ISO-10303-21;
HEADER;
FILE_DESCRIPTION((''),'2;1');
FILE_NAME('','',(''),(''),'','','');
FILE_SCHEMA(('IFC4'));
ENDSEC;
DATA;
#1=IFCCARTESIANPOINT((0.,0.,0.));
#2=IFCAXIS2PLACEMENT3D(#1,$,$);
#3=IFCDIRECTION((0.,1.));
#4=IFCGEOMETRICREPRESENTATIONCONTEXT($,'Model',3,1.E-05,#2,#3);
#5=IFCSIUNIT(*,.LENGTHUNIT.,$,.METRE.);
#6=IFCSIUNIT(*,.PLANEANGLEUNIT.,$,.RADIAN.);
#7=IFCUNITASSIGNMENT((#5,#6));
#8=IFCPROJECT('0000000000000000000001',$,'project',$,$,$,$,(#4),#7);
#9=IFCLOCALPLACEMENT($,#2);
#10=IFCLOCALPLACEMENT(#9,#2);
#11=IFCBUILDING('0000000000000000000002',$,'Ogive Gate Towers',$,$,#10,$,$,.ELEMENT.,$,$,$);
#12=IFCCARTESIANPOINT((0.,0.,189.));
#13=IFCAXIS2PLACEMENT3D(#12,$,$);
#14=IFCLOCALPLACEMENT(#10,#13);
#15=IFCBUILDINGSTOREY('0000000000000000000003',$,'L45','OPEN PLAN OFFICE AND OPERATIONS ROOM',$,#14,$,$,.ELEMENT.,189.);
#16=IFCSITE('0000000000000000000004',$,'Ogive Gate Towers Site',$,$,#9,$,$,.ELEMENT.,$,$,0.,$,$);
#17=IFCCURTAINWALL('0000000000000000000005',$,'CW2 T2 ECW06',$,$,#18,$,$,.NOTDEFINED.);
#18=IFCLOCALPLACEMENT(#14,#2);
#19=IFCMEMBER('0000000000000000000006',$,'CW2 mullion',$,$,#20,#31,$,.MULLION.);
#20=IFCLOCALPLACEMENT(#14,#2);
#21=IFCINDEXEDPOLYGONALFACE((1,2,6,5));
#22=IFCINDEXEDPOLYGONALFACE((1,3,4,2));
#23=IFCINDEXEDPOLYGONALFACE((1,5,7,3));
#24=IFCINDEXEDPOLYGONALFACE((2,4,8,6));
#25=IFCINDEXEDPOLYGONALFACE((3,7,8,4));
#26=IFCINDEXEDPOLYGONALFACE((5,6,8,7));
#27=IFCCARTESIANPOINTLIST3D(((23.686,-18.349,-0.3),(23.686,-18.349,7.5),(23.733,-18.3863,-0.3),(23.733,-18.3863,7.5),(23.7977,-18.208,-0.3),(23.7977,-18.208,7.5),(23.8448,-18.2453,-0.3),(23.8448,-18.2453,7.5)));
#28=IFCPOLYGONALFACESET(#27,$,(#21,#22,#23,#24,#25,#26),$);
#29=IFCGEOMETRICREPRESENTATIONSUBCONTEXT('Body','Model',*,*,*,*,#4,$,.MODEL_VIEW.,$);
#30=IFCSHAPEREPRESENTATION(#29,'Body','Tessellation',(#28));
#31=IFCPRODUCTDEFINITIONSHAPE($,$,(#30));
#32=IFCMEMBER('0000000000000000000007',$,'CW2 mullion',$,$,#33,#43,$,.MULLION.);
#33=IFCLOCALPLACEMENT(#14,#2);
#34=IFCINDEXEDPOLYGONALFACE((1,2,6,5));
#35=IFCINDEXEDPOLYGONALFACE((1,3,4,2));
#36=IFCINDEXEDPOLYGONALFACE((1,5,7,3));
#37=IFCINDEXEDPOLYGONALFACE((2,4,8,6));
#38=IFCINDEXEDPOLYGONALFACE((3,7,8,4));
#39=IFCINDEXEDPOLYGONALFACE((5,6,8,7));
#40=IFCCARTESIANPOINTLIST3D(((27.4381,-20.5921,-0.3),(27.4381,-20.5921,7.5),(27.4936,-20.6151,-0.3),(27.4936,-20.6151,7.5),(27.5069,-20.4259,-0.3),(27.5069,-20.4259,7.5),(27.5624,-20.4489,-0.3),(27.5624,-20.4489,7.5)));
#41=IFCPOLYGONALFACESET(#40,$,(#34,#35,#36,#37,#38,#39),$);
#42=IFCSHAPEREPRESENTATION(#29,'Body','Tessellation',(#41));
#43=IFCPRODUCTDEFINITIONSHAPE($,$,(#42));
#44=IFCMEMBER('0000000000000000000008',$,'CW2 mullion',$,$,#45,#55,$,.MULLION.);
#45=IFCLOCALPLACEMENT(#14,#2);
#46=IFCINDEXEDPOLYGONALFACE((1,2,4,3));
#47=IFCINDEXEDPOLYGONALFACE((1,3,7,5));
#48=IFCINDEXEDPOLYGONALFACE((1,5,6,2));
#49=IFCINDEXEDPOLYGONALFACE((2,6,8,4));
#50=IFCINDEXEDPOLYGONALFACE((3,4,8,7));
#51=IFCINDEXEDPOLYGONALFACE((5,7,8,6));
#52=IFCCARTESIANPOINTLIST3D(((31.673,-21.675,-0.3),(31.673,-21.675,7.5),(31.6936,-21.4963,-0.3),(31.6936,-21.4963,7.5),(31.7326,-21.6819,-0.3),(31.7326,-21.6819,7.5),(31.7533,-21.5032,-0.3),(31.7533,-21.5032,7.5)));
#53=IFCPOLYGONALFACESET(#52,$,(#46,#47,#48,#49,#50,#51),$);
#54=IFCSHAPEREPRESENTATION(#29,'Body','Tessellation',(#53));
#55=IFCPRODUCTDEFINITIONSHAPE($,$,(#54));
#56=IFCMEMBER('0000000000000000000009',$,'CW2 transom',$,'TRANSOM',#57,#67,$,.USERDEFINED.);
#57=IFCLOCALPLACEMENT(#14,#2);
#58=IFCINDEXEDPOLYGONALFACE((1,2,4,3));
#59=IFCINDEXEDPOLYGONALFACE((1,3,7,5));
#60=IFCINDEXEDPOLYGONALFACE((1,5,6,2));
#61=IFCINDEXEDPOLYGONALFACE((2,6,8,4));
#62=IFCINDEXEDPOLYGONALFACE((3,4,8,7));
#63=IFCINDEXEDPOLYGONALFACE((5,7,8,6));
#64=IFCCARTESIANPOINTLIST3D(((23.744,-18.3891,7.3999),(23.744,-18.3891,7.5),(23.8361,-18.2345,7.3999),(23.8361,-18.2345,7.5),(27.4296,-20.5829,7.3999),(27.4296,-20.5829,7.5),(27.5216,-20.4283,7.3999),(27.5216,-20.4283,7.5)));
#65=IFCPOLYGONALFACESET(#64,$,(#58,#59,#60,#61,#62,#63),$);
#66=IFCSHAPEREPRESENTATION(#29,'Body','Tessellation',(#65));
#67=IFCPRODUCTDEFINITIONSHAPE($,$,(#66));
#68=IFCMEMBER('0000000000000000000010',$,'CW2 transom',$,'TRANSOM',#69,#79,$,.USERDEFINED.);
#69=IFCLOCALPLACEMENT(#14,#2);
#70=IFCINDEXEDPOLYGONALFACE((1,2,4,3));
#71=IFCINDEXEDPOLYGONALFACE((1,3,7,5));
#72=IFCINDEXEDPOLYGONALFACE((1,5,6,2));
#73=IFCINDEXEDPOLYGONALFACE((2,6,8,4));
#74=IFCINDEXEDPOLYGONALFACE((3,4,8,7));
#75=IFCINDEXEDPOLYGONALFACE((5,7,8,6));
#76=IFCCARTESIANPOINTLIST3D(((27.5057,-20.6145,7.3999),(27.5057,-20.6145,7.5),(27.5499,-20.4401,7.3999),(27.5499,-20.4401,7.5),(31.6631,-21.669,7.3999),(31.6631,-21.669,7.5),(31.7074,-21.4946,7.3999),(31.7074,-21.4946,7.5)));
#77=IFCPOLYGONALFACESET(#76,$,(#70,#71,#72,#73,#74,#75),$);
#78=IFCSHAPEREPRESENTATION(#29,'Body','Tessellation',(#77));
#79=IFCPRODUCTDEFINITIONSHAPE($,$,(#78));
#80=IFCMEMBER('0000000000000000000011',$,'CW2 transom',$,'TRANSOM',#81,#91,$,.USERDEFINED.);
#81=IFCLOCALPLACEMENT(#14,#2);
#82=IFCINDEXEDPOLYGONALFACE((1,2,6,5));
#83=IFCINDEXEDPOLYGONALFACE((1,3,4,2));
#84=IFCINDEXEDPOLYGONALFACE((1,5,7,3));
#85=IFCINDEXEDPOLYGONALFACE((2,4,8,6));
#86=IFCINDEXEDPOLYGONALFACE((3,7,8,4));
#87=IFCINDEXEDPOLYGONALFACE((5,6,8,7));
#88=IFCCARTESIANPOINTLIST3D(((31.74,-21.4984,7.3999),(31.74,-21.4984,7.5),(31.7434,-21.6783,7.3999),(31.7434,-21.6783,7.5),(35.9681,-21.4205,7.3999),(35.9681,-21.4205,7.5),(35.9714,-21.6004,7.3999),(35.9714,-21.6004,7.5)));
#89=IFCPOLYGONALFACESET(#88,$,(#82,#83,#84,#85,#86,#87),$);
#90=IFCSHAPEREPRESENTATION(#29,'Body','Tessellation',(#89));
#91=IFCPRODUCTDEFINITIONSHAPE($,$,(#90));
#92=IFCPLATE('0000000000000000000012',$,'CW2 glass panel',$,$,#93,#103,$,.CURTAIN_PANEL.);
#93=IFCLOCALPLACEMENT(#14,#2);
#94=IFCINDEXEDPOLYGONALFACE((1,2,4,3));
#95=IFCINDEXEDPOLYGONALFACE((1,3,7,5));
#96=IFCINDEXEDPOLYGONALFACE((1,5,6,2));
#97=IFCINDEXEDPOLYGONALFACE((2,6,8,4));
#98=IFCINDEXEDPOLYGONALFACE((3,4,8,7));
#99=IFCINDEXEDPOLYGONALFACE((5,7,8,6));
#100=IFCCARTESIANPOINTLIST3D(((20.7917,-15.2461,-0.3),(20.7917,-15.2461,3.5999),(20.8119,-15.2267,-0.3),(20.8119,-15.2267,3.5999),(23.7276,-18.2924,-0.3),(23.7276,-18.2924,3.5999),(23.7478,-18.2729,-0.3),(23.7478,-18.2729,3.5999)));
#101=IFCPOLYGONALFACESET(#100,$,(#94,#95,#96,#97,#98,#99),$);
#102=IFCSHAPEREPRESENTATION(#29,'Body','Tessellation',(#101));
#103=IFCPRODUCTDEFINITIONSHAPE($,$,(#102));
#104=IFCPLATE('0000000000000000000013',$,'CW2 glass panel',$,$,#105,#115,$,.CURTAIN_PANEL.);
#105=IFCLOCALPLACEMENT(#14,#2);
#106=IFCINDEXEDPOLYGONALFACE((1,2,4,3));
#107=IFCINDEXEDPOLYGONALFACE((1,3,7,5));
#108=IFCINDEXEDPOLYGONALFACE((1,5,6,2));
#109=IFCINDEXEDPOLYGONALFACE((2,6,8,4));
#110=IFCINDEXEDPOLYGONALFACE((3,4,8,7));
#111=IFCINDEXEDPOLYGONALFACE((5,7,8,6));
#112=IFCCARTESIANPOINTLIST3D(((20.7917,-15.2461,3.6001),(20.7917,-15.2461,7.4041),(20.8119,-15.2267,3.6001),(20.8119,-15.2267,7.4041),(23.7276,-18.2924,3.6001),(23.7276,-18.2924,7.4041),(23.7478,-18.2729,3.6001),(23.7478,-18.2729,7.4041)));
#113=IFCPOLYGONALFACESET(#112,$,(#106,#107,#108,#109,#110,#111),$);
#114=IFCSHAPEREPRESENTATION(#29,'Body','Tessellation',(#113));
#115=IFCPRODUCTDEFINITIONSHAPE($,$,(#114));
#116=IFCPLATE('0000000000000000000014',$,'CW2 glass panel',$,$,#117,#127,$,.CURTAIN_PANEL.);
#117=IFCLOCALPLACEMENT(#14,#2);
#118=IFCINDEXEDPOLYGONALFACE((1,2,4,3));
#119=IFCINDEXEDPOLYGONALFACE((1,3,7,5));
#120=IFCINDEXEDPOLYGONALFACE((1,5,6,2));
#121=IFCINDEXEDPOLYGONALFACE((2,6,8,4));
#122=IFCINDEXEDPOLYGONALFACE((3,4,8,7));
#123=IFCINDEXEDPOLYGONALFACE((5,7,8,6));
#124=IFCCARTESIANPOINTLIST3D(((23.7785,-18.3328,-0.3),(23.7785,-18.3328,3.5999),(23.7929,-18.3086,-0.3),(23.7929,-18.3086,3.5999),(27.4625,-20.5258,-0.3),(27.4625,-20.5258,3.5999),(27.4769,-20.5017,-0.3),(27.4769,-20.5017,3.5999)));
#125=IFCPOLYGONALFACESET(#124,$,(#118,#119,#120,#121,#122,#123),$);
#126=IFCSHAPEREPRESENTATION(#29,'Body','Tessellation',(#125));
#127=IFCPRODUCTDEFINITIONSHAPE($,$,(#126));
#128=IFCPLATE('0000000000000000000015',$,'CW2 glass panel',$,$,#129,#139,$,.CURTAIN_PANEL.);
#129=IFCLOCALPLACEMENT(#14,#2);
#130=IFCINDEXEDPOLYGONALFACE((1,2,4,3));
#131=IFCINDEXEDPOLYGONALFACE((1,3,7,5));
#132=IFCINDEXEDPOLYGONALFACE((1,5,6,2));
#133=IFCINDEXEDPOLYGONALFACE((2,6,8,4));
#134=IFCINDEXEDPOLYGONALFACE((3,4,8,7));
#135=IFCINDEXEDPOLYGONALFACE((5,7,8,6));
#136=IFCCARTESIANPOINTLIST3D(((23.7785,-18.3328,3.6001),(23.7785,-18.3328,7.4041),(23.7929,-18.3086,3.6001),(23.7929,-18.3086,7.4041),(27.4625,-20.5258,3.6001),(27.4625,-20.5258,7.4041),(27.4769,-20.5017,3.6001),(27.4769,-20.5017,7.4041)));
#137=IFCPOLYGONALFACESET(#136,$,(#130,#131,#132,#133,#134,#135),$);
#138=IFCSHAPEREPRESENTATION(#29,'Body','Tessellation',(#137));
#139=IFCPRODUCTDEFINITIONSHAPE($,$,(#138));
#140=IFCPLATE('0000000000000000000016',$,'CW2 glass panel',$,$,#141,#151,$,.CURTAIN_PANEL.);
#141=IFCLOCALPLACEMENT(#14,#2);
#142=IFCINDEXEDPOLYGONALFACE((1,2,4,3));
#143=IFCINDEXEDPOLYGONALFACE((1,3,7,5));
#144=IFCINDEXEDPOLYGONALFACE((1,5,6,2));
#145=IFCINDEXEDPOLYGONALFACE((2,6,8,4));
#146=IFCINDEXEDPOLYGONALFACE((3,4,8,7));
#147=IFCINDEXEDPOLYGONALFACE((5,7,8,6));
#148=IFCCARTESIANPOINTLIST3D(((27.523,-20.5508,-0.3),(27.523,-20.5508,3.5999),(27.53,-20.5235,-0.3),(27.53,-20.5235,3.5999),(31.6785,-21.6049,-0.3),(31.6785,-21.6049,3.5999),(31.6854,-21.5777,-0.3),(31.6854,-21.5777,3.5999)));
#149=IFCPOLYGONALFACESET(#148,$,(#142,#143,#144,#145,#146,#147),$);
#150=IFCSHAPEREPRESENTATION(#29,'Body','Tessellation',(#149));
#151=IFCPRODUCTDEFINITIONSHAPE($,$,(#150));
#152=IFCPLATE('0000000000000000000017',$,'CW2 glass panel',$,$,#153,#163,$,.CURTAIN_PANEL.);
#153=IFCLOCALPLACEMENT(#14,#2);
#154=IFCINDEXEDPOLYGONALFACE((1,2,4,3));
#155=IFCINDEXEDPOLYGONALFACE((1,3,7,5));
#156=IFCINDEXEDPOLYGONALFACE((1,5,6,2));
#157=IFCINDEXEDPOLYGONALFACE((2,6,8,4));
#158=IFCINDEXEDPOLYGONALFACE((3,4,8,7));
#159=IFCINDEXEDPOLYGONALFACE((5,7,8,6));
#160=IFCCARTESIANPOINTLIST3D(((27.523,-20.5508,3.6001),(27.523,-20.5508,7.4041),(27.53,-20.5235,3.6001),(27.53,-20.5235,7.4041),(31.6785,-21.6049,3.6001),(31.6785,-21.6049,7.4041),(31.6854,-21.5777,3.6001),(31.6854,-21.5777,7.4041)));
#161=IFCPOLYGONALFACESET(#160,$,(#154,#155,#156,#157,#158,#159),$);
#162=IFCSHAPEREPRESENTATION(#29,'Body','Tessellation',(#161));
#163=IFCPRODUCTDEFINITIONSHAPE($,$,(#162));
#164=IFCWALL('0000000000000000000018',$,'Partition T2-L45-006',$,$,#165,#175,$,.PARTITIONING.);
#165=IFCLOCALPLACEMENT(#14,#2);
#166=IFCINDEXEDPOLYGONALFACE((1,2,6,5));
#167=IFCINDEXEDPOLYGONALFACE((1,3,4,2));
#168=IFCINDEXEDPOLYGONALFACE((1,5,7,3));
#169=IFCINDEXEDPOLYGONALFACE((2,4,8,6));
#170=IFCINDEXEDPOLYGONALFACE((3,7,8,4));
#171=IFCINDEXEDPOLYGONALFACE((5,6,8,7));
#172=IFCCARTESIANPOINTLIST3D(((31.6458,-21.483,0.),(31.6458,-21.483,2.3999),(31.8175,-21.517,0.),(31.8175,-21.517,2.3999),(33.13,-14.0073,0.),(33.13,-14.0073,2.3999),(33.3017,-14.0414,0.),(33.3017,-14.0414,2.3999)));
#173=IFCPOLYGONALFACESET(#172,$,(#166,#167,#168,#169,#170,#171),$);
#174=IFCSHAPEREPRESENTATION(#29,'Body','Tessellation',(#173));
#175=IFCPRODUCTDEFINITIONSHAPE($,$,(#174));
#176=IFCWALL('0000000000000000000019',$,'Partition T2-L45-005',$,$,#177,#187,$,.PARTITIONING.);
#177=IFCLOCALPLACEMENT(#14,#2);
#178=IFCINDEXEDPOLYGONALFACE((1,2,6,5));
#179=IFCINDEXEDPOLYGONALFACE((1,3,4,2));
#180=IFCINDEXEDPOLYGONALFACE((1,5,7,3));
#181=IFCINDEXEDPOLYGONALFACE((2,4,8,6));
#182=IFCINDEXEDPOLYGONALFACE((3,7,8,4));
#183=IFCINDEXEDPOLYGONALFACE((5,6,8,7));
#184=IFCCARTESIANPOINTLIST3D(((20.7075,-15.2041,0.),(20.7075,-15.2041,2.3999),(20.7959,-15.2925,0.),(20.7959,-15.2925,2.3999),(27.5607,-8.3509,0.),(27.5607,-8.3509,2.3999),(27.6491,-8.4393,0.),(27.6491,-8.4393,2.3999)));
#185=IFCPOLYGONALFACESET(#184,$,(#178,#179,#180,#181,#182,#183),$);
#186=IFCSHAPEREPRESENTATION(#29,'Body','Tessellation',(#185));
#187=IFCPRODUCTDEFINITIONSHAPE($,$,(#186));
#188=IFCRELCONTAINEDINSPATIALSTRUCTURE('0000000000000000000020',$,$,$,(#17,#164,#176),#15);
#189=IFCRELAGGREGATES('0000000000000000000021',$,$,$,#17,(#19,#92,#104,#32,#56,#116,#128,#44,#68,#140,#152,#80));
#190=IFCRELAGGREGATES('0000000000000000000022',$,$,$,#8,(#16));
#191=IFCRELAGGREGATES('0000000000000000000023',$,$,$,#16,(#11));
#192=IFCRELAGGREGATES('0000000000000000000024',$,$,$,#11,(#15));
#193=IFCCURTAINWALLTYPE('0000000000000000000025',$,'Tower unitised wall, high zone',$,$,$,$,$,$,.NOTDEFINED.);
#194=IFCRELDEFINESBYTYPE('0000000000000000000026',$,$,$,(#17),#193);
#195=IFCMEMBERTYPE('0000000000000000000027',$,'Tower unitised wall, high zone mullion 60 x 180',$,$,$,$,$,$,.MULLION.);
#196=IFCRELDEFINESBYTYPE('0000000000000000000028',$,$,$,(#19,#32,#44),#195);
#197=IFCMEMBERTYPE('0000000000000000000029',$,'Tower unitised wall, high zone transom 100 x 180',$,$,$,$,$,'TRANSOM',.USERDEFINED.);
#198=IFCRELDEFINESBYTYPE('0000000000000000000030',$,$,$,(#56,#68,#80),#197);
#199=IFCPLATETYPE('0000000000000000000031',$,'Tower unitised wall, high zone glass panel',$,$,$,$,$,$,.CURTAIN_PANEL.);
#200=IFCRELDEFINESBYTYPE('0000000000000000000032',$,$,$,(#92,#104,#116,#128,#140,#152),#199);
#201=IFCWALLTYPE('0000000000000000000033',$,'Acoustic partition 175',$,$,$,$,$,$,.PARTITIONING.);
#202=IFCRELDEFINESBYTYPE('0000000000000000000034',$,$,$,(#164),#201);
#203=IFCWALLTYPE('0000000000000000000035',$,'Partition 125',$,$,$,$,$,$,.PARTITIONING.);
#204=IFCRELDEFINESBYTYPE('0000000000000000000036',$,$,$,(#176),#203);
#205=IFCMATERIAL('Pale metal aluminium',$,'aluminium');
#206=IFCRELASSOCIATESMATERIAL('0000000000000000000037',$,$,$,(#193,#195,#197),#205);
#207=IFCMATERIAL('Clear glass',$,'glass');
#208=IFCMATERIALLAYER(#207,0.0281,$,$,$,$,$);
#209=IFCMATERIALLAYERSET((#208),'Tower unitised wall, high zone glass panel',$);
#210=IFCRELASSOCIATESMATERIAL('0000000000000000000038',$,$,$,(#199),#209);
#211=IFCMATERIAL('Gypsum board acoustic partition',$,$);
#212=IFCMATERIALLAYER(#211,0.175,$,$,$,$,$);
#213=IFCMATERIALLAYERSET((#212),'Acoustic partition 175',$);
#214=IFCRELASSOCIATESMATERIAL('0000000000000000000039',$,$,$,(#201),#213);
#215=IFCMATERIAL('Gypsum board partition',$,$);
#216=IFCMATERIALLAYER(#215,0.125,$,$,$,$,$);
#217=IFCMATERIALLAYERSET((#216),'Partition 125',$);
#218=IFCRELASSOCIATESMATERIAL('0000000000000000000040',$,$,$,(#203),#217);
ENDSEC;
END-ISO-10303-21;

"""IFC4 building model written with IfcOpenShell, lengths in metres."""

from ifc_helpers import new_model, si_unit, direction, frame, frame_2d, origin, origin_2d, place, context, subcontext, project, spatial, rectangle, extrude, material, layer, layer_set, material_profile, profile_set, type_object, element, aggregate, save


model = new_model("IFC4")

# Units and contexts
model_context = context("Model", 3, precision=1e-05, world=origin(), true_north=direction((0.0, 1.0)))
body_context = subcontext(model_context, "Body", "Model", "MODEL_VIEW")
ifc_project = project(units=[si_unit("LENGTHUNIT", "METRE"), si_unit("PLANEANGLEUNIT", "RADIAN")], contexts=[model_context])

# Site, building, storey
site_placement = place(None, origin())
site = spatial("IfcSite", under=ifc_project, at=site_placement, Name="Ogive Gate Towers Site", CompositionType="ELEMENT", RefElevation=0.0)
building_placement = place(site_placement, origin())
building = spatial("IfcBuilding", under=site, at=building_placement, Name="Ogive Gate Towers", CompositionType="ELEMENT")
storey_placement = place(building_placement, frame((0.0, 0.0, 189.0)))
storey = spatial("IfcBuildingStorey", under=building, at=storey_placement, Name="L45", Description="OPEN PLAN OFFICE AND OPERATIONS ROOM", CompositionType="ELEMENT", Elevation=189.0)

# Curtain wall, members, plates
ifc_material_1 = material(Name="Pale metal aluminium", Category="aluminium")
curtain_wall_type = type_object("IfcCurtainWallType", Name="Tower unitised wall, high zone", PredefinedType="NOTDEFINED", material=ifc_material_1)
curtain_wall_placement = place(storey_placement, origin())
curtain_wall = element("IfcCurtainWall", 1, at=curtain_wall_placement, inside=storey, type_object=curtain_wall_type, Name="CW2 T2 ECW06", PredefinedType="NOTDEFINED")
ifc_material_profile_1 = material_profile(ifc_material_1, rectangle(XDim=0.1799, YDim=0.0601, at=origin_2d()), Name="60 x 180 aluminium box")
ifc_profile_set_1 = profile_set([ifc_material_profile_1], Name="Pale metal aluminium")
member_type_1 = type_object("IfcMemberType", Name="Tower unitised wall, high zone mullion 60 x 180", PredefinedType="MULLION", material=ifc_profile_set_1)
member_1_placement = place(storey_placement, frame((23.7654, -18.2971, -0.3), z_axis=(0.0, 0.0, 1.0), x_axis=(-0.621298, -0.783574, 0.0)))
member_1 = element("IfcMember", 2, at=member_1_placement, type_object=member_type_1, Name="CW2 mullion", PredefinedType="MULLION", context=body_context, shape_type="SweptSolid", body=[
    extrude(rectangle(XDim=0.1799, YDim=0.0601, at=origin_2d()), origin(), (0.0, 0.0, 1.0), 7.8),
])
member_2_placement = place(storey_placement, frame((27.5002, -20.5205, -0.3), z_axis=(0.0, 0.0, 1.0), x_axis=(-0.382683, -0.92388, 0.0)))
member_2 = element("IfcMember", 3, at=member_2_placement, type_object=member_type_1, Name="CW2 mullion", PredefinedType="MULLION", context=body_context, shape_type="SweptSolid", body=[
    extrude(rectangle(XDim=0.1799, YDim=0.0601, at=origin_2d()), origin(), (0.0, 0.0, 1.0), 7.8),
])
member_3_placement = place(storey_placement, frame((31.7131, -21.5891, -0.3), z_axis=(0.0, 0.0, 1.0), x_axis=(-0.114746, -0.993395, 0.0)))
member_3 = element("IfcMember", 4, at=member_3_placement, type_object=member_type_1, Name="CW2 mullion", PredefinedType="MULLION", context=body_context, shape_type="SweptSolid", body=[
    extrude(rectangle(XDim=0.1799, YDim=0.0601, at=origin_2d()), origin(), (0.0, 0.0, 1.0), 7.8),
])
ifc_material_profile_2 = material_profile(ifc_material_1, rectangle(XDim=0.1799, YDim=0.1001, at=origin_2d()), Name="100 x 180 aluminium box")
ifc_profile_set_2 = profile_set([ifc_material_profile_2], Name="Pale metal aluminium")
member_type_2 = type_object("IfcMemberType", Name="Tower unitised wall, high zone transom 100 x 180", ElementType="TRANSOM", PredefinedType="USERDEFINED", material=ifc_profile_set_2)
member_4_placement = place(storey_placement, frame((23.79, -18.3118, 7.45), z_axis=(0.859286, -0.511496, 0.0), x_axis=(0.511496, 0.859286, 0.0)))
member_4 = element("IfcMember", 5, at=member_4_placement, type_object=member_type_2, Name="CW2 transom", ObjectType="TRANSOM", PredefinedType="USERDEFINED", context=body_context, shape_type="SweptSolid", body=[
    extrude(rectangle(XDim=0.1799, YDim=0.1001, at=origin_2d()), origin(), (0.0, 0.0, 1.0), 4.2891),
])
member_5_placement = place(storey_placement, frame((27.5278, -20.5273, 7.45), z_axis=(0.96931, -0.245842, 0.0), x_axis=(0.245842, 0.96931, 0.0)))
member_5 = element("IfcMember", 6, at=member_5_placement, type_object=member_type_2, Name="CW2 transom", ObjectType="TRANSOM", PredefinedType="USERDEFINED", context=body_context, shape_type="SweptSolid", body=[
    extrude(rectangle(XDim=0.1799, YDim=0.1001, at=origin_2d()), origin(), (0.0, 0.0, 1.0), 4.2891),
])
member_6_placement = place(storey_placement, frame((31.7417, -21.5884, 7.45), z_axis=(0.99983, 0.018417, 0.0), x_axis=(-0.018417, 0.99983, 0.0)))
member_6 = element("IfcMember", 7, at=member_6_placement, type_object=member_type_2, Name="CW2 transom", ObjectType="TRANSOM", PredefinedType="USERDEFINED", context=body_context, shape_type="SweptSolid", body=[
    extrude(rectangle(XDim=0.1799, YDim=0.1001, at=origin_2d()), origin(), (0.0, 0.0, 1.0), 4.2288),
])
ifc_material_2 = material(Name="Clear glass", Category="glass")
ifc_layer_1 = layer(ifc_material_2, 0.0281)
ifc_layer_set_1 = layer_set([ifc_layer_1], Name="Tower unitised wall, high zone glass panel")
plate_type = type_object("IfcPlateType", Name="Tower unitised wall, high zone glass panel", PredefinedType="CURTAIN_PANEL", material=ifc_layer_set_1)
plate_1_placement = place(storey_placement, frame((22.2698, -16.7595, -0.3), z_axis=(0.0, 0.0, 1.0), x_axis=(0.693942, -0.720031, 0.0)))
plate_1 = element("IfcPlate", 8, at=plate_1_placement, type_object=plate_type, Name="CW2 glass panel", PredefinedType="CURTAIN_PANEL", context=body_context, shape_type="SweptSolid", body=[
    extrude(rectangle(XDim=4.2307, YDim=0.0281, at=origin_2d()), origin(), (0.0, 0.0, 1.0), 3.8999),
])
plate_2_placement = place(storey_placement, frame((22.2698, -16.7595, 3.6001), z_axis=(0.0, 0.0, 1.0), x_axis=(0.693942, -0.720031, 0.0)))
plate_2 = element("IfcPlate", 9, at=plate_2_placement, type_object=plate_type, Name="CW2 glass panel", PredefinedType="CURTAIN_PANEL", context=body_context, shape_type="SweptSolid", body=[
    extrude(rectangle(XDim=4.2307, YDim=0.0281, at=origin_2d()), origin(), (0.0, 0.0, 1.0), 3.804),
])
plate_3_placement = place(storey_placement, frame((25.6277, -19.4172, -0.3), z_axis=(0.0, 0.0, 1.0), x_axis=(0.859273, -0.511518, 0.0)))
plate_3 = element("IfcPlate", 10, at=plate_3_placement, type_object=plate_type, Name="CW2 glass panel", PredefinedType="CURTAIN_PANEL", context=body_context, shape_type="SweptSolid", body=[
    extrude(rectangle(XDim=4.2874, YDim=0.0281, at=origin_2d()), origin(), (0.0, 0.0, 1.0), 3.8999),
])
plate_4_placement = place(storey_placement, frame((25.6277, -19.4172, 3.6001), z_axis=(0.0, 0.0, 1.0), x_axis=(0.859273, -0.511518, 0.0)))
plate_4 = element("IfcPlate", 11, at=plate_4_placement, type_object=plate_type, Name="CW2 glass panel", PredefinedType="CURTAIN_PANEL", context=body_context, shape_type="SweptSolid", body=[
    extrude(rectangle(XDim=4.2874, YDim=0.0281, at=origin_2d()), origin(), (0.0, 0.0, 1.0), 3.804),
])
plate_5_placement = place(storey_placement, frame((29.6042, -21.0642, -0.3), z_axis=(0.0, 0.0, 1.0), x_axis=(0.9693, -0.245883, 0.0)))
plate_5 = element("IfcPlate", 12, at=plate_5_placement, type_object=plate_type, Name="CW2 glass panel", PredefinedType="CURTAIN_PANEL", context=body_context, shape_type="SweptSolid", body=[
    extrude(rectangle(XDim=4.2871, YDim=0.0281, at=origin_2d()), origin(), (0.0, 0.0, 1.0), 3.8999),
])
plate_6_placement = place(storey_placement, frame((29.6042, -21.0642, 3.6001), z_axis=(0.0, 0.0, 1.0), x_axis=(0.9693, -0.245883, 0.0)))
plate_6 = element("IfcPlate", 13, at=plate_6_placement, type_object=plate_type, Name="CW2 glass panel", PredefinedType="CURTAIN_PANEL", context=body_context, shape_type="SweptSolid", body=[
    extrude(rectangle(XDim=4.2871, YDim=0.0281, at=origin_2d()), origin(), (0.0, 0.0, 1.0), 3.804),
])
aggregate(curtain_wall, [member_1, plate_1, plate_2, member_2, member_4, plate_3, plate_4, member_3, member_5, plate_5, plate_6, member_6])

# Walls
ifc_material_3 = material(Name="Gypsum board acoustic partition")
ifc_layer_2 = layer(ifc_material_3, 0.175)
ifc_layer_set_2 = layer_set([ifc_layer_2], Name="Acoustic partition 175")
wall_type_1 = type_object("IfcWallType", Name="Acoustic partition 175", PredefinedType="PARTITIONING", material=ifc_layer_set_2)
wall_1_placement = place(storey_placement, frame((31.7317, -21.5, 0.0), z_axis=(0.0, 0.0, 1.0), x_axis=(0.19473, 0.980857, 0.0)))
element("IfcWall", 14, at=wall_1_placement, inside=storey, type_object=wall_type_1, Name="Partition T2-L45-006", PredefinedType="PARTITIONING", context=body_context, shape_type="SweptSolid", body=[
    extrude(rectangle(XDim=7.6216, YDim=0.175, at=frame_2d((3.8108, 0.0))), origin(), (0.0, 0.0, 1.0), 2.3999),
])
ifc_material_4 = material(Name="Gypsum board partition")
ifc_layer_3 = layer(ifc_material_4, 0.125)
ifc_layer_set_3 = layer_set([ifc_layer_3], Name="Partition 125")
wall_type_2 = type_object("IfcWallType", Name="Partition 125", PredefinedType="PARTITIONING", material=ifc_layer_set_3)
wall_2_placement = place(storey_placement, frame((20.7517, -15.2483, 0.0), z_axis=(0.0, 0.0, 1.0), x_axis=(0.707107, 0.707107, 0.0)))
element("IfcWall", 15, at=wall_2_placement, inside=storey, type_object=wall_type_2, Name="Partition T2-L45-005", PredefinedType="PARTITIONING", context=body_context, shape_type="SweptSolid", body=[
    extrude(rectangle(XDim=9.6919, YDim=0.125, at=frame_2d((4.8459, 0.0))), origin(), (0.0, 0.0, 1.0), 2.3999),
])

save(model, "model.ifc")
